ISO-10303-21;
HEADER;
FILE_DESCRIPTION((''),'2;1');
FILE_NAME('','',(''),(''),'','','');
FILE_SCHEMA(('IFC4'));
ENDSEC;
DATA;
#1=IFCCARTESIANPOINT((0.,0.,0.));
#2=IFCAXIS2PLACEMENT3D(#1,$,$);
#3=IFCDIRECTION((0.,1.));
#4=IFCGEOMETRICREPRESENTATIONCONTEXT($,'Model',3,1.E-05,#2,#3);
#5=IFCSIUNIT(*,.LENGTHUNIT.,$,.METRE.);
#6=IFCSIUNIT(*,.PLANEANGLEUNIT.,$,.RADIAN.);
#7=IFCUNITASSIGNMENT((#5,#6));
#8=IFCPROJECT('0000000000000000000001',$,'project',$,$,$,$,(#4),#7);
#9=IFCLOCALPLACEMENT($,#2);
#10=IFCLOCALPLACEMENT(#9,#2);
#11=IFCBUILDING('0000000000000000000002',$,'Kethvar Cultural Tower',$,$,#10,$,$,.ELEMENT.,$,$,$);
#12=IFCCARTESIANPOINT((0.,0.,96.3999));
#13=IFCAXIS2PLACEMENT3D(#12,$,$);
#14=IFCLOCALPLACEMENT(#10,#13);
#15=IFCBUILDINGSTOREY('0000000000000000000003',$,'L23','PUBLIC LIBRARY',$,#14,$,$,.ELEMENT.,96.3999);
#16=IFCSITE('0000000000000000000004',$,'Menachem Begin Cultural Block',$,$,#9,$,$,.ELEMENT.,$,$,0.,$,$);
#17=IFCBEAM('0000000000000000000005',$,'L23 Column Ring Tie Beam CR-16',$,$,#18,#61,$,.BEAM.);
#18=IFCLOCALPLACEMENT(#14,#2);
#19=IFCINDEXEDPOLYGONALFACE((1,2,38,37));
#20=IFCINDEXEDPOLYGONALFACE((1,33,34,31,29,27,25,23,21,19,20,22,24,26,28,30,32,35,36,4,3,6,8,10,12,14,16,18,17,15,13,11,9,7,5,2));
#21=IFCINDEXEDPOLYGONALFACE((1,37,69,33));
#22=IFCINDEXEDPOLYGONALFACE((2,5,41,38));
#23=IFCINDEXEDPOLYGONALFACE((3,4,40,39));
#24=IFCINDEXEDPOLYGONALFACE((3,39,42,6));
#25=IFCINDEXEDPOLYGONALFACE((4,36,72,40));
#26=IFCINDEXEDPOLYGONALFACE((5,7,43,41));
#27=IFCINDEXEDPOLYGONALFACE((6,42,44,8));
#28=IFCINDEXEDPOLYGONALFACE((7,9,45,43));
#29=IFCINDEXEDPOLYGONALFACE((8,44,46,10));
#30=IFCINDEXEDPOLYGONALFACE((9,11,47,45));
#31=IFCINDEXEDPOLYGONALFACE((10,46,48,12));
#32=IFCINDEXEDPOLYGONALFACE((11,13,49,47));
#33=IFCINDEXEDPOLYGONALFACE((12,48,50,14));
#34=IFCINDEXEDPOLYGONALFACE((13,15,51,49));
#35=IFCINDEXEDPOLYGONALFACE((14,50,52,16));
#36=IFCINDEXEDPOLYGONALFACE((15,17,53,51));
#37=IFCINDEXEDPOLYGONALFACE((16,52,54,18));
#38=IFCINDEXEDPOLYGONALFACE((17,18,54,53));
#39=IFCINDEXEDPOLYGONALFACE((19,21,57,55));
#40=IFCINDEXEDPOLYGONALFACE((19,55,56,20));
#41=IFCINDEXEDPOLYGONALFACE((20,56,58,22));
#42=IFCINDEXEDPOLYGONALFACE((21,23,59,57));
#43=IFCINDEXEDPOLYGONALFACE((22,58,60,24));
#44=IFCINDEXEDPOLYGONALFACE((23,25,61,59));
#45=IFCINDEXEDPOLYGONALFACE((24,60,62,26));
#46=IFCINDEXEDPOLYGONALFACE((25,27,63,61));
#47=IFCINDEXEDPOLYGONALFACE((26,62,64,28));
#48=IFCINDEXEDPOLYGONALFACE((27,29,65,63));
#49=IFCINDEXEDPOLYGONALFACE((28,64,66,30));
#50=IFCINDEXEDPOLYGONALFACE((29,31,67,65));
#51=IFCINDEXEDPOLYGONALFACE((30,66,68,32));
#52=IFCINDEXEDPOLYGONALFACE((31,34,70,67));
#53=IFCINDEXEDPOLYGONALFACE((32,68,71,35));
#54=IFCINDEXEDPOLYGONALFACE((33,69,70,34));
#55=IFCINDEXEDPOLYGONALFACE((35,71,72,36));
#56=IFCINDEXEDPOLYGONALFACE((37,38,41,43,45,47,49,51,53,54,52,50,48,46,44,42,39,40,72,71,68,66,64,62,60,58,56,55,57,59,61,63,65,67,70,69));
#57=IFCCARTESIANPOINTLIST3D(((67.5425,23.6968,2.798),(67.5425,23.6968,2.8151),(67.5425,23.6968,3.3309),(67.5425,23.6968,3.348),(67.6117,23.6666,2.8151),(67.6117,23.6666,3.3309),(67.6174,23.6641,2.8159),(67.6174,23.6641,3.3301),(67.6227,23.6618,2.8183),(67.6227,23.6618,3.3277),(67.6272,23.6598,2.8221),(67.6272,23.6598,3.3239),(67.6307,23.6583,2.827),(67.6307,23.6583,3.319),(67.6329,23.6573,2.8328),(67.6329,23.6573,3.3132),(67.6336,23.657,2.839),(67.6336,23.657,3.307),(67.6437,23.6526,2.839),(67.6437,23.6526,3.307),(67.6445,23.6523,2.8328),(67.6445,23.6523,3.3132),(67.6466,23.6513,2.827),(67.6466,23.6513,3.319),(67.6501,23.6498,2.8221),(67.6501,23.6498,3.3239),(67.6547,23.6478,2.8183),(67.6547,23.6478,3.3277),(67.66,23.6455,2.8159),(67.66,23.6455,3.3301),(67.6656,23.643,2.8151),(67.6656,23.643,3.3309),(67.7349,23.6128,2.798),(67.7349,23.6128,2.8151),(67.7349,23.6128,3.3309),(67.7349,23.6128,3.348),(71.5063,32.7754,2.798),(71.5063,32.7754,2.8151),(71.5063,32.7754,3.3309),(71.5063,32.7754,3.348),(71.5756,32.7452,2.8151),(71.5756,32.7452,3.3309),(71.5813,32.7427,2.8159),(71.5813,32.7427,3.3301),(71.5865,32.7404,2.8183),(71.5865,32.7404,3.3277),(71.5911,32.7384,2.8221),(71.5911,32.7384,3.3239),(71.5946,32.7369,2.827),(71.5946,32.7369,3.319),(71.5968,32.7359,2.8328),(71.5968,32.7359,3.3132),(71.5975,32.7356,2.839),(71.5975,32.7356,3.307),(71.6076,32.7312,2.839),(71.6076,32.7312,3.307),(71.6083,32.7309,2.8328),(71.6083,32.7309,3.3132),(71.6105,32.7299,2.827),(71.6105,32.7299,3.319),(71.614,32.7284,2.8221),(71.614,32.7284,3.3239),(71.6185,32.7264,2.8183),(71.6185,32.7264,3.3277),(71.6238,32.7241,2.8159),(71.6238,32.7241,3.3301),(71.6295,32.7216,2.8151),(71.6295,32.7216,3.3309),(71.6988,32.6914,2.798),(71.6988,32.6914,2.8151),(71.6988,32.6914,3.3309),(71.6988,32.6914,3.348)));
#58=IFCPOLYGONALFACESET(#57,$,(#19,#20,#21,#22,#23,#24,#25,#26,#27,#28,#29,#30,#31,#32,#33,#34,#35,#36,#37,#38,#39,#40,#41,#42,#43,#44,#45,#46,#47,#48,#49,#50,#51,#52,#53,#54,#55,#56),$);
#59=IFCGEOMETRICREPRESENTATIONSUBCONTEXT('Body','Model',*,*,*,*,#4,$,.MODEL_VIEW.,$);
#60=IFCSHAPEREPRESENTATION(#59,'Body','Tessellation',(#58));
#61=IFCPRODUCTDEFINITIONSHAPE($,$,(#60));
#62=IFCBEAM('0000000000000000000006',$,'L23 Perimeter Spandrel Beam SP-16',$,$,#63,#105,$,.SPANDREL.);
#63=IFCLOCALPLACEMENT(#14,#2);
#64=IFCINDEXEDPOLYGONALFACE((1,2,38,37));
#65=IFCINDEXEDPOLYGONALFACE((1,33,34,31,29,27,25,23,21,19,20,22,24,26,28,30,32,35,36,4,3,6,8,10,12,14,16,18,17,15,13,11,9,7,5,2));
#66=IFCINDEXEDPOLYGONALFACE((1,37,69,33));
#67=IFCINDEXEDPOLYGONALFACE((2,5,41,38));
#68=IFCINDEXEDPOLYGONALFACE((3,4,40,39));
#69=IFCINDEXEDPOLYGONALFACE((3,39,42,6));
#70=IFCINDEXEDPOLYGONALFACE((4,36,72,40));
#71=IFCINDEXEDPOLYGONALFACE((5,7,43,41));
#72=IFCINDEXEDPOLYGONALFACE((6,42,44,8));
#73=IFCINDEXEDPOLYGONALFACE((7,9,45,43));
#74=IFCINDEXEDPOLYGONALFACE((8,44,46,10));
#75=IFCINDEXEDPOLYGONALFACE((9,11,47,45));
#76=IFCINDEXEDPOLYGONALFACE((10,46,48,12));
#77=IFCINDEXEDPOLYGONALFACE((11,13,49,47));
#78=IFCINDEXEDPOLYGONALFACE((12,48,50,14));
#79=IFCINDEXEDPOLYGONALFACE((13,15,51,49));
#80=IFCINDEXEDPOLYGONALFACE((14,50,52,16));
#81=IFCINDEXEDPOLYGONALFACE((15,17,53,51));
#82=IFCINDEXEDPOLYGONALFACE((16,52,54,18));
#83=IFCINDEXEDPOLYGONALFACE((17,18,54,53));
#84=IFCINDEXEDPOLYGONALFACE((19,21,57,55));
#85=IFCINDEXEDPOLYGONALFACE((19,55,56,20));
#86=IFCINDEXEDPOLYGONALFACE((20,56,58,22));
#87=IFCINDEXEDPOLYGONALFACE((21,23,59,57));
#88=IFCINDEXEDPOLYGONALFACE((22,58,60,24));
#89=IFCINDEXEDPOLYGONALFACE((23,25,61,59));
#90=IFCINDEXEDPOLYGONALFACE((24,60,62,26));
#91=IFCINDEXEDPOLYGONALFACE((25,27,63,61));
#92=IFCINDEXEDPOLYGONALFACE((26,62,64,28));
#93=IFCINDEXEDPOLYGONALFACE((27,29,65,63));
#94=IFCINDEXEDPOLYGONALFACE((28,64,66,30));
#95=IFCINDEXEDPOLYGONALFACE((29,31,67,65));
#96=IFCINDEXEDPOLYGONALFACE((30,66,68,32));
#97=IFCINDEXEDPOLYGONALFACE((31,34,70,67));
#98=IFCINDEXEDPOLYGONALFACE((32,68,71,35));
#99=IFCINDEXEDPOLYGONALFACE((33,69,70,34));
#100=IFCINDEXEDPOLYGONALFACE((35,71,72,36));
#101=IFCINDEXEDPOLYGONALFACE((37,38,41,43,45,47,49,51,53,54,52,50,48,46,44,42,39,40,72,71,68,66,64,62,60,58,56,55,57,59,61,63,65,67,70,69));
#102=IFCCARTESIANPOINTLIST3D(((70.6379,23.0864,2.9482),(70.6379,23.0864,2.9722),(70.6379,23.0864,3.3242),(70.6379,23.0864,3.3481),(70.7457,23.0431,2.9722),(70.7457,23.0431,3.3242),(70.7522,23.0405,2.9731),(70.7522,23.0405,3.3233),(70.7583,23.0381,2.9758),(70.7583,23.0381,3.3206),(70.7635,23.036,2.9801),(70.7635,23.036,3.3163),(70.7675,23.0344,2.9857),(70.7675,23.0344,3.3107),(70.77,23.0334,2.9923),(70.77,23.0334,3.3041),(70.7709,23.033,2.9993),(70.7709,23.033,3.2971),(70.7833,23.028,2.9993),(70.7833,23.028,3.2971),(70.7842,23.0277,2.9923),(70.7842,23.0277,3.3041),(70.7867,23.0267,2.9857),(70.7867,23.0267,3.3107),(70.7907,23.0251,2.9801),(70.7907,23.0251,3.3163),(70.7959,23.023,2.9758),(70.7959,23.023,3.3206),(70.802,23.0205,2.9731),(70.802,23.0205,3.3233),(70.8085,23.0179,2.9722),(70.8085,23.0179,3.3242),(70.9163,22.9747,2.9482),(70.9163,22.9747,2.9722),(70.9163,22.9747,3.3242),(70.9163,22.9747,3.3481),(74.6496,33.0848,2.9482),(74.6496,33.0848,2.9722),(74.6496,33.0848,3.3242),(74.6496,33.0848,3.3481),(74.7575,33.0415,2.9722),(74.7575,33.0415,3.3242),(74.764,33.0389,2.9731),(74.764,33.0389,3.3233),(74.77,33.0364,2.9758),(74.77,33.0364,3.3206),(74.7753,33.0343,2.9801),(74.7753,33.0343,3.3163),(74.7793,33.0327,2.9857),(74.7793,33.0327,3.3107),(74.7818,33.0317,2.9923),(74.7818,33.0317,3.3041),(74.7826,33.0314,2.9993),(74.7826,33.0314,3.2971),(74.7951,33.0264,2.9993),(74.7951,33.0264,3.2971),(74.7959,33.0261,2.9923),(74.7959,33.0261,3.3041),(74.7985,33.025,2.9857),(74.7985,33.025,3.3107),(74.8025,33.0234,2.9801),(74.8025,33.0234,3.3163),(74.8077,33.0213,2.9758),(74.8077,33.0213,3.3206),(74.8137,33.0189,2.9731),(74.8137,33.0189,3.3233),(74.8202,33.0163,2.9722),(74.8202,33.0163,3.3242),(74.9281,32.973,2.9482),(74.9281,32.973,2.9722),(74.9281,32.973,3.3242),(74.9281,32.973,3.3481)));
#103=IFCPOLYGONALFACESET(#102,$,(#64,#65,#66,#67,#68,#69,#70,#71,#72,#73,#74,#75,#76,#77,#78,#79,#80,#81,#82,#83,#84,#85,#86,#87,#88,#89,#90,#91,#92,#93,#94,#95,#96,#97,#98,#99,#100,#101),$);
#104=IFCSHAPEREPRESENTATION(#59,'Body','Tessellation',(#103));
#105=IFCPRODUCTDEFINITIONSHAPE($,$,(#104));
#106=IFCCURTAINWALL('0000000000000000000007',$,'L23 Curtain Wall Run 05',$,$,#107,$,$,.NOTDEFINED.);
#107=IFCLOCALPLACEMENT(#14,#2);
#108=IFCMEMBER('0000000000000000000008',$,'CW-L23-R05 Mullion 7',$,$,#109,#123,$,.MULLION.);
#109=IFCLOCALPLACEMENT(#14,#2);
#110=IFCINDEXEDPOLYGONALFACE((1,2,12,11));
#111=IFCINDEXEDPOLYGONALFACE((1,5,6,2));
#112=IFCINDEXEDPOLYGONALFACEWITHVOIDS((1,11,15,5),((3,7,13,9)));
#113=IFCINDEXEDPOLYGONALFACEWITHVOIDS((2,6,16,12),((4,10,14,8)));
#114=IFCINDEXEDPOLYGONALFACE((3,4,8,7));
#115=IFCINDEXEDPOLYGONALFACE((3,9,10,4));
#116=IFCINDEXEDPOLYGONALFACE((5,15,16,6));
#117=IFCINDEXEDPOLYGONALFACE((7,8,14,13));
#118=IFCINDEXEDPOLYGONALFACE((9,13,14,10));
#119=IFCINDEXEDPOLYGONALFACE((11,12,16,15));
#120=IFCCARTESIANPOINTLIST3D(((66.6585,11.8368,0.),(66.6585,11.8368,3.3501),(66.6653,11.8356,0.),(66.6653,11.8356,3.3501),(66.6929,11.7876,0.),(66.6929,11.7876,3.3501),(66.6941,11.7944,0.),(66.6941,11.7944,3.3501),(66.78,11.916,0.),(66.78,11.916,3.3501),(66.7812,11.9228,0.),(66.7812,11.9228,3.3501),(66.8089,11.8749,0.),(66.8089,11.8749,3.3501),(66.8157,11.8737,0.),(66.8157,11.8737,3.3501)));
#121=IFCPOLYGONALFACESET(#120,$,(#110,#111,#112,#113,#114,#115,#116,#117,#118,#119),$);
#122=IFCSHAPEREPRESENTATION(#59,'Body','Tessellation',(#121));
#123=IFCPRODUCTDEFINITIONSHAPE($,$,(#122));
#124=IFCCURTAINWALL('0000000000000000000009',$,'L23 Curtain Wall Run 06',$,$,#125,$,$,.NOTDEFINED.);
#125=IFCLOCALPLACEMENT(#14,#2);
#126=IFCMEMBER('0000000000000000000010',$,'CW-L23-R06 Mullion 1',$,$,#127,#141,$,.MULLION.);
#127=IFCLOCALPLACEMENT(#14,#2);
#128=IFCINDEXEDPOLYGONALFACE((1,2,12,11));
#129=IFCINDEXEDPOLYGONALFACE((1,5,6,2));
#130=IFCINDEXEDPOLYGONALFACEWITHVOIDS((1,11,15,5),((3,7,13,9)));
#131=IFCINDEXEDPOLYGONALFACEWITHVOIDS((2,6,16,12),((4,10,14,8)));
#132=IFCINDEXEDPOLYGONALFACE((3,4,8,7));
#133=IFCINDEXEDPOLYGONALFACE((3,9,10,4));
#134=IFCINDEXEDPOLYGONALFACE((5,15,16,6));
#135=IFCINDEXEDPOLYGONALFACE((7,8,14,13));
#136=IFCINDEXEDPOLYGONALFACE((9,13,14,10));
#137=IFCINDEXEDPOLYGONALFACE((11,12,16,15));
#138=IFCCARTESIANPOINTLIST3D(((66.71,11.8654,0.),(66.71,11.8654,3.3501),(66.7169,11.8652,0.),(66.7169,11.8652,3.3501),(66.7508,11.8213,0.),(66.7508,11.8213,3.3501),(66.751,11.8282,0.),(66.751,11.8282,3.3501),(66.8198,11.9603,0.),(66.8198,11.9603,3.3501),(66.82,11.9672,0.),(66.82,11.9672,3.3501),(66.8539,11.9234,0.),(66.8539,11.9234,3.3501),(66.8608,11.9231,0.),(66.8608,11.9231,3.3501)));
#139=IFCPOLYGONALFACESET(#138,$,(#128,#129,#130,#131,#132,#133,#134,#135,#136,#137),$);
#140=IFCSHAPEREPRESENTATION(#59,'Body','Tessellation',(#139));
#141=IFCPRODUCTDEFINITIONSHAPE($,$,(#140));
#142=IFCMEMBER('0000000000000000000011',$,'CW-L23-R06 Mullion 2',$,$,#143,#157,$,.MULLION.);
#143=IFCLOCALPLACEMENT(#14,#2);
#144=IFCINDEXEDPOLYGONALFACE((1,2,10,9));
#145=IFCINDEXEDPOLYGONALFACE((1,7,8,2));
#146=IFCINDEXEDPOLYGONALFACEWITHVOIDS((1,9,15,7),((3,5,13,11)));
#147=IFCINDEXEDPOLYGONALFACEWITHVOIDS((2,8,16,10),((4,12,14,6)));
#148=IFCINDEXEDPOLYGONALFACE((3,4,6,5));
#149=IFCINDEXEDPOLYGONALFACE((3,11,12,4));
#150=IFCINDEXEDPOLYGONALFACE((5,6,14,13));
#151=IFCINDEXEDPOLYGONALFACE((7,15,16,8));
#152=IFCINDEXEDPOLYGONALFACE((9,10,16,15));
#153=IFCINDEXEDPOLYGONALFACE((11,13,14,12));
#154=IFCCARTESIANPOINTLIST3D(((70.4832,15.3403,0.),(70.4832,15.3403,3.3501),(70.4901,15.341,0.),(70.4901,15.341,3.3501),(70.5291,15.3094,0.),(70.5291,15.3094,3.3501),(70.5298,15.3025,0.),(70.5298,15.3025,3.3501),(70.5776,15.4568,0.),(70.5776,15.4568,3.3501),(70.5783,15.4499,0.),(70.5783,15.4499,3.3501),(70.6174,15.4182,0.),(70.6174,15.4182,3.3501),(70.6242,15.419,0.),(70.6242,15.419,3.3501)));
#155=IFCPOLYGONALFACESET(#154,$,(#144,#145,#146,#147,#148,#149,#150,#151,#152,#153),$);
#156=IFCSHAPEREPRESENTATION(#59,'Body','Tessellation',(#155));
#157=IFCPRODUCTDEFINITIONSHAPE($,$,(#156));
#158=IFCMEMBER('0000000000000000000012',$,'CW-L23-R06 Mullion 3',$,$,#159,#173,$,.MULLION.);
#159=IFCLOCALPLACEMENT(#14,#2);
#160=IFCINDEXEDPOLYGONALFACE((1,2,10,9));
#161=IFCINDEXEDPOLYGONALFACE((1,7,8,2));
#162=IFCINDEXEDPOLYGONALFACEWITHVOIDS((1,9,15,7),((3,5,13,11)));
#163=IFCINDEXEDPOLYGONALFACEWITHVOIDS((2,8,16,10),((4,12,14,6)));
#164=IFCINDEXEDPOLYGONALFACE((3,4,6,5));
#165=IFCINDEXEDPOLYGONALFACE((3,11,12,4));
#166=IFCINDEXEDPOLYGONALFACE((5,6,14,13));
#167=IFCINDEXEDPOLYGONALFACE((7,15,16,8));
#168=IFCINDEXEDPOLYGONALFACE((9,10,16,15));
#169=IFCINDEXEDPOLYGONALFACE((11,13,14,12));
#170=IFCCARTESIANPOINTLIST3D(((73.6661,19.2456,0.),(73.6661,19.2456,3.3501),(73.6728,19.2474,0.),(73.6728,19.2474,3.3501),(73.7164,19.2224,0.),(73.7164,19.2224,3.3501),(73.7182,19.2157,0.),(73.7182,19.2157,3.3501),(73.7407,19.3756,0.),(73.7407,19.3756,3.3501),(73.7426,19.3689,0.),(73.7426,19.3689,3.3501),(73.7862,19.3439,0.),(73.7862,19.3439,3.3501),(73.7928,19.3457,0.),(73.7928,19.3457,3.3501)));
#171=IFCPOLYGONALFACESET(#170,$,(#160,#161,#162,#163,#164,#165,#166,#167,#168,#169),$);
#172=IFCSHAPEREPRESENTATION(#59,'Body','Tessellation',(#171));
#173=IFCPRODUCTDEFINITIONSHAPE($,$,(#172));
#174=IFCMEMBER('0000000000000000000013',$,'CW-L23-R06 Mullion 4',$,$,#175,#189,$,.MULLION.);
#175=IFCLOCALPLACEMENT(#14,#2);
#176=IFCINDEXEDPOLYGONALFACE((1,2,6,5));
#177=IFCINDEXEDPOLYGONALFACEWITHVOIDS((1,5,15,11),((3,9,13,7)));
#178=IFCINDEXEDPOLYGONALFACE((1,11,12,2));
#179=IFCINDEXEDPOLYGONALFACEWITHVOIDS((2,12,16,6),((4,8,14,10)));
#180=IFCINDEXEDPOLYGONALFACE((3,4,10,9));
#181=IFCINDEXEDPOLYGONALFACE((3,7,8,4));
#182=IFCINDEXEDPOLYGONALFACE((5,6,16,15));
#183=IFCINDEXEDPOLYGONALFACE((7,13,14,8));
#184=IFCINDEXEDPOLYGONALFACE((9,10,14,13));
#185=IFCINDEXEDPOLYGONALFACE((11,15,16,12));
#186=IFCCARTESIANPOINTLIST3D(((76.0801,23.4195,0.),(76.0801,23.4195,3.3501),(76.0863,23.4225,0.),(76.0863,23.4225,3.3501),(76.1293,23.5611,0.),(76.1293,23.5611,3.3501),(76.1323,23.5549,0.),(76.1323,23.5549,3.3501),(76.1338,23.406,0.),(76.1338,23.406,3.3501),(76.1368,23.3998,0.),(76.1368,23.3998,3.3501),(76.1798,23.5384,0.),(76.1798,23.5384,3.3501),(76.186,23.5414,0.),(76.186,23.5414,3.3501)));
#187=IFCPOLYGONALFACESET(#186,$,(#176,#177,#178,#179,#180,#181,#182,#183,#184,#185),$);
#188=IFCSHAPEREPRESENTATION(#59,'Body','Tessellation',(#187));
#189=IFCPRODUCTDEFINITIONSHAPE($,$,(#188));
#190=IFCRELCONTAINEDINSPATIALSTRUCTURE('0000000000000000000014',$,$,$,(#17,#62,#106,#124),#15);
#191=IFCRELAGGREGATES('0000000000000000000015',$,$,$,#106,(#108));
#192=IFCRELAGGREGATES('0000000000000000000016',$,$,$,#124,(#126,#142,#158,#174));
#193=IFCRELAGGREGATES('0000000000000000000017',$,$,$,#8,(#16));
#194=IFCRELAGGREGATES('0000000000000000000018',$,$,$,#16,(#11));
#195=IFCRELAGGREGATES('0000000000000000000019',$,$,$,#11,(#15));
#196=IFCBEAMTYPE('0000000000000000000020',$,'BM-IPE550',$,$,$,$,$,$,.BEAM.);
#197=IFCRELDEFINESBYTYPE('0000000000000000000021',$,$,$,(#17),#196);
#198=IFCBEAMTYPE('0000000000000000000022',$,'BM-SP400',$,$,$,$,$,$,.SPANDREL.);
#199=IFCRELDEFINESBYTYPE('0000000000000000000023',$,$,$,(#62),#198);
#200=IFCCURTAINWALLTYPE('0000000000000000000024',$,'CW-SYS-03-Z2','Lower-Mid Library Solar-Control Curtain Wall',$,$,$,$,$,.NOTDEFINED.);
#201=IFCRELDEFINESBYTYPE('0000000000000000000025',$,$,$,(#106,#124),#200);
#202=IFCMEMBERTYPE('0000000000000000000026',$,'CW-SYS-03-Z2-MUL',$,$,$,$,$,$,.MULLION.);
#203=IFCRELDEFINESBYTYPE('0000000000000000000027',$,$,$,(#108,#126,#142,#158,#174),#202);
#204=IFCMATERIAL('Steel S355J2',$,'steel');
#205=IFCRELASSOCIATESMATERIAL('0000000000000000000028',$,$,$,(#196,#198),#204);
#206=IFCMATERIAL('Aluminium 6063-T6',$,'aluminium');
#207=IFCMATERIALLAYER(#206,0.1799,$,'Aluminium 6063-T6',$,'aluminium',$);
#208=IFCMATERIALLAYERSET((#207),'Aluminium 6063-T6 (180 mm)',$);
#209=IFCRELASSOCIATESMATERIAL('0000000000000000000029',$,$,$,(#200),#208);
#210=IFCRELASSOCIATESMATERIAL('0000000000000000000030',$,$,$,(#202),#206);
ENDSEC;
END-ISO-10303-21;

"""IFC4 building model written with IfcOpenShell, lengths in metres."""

from ifc_helpers import new_model, si_unit, direction, frame, origin, origin_2d, place, context, subcontext, project, spatial, hollow_rectangle, i_section, extrude, source, transform, mapped, material, layer, layer_set, material_profile, profile_set, type_object, element, aggregate, save


model = new_model("IFC4")

# Units and contexts
model_context = context("Model", 3, precision=1e-05, world=origin(), true_north=direction((0.0, 1.0)))
body_context = subcontext(model_context, "Body", "Model", "MODEL_VIEW")
ifc_project = project(units=[si_unit("LENGTHUNIT", "METRE"), si_unit("PLANEANGLEUNIT", "RADIAN")], contexts=[model_context])

# Site, building, storey
site_placement = place(None, origin())
site = spatial("IfcSite", under=ifc_project, at=site_placement, Name="Menachem Begin Cultural Block", CompositionType="ELEMENT", RefElevation=0.0)
building_placement = place(site_placement, origin())
building = spatial("IfcBuilding", under=site, at=building_placement, Name="Kethvar Cultural Tower", CompositionType="ELEMENT")
storey_placement = place(building_placement, frame((0.0, 0.0, 96.3999)))
storey = spatial("IfcBuildingStorey", under=building, at=storey_placement, Name="L23", Description="PUBLIC LIBRARY", CompositionType="ELEMENT", Elevation=96.3999)

# Beams
ifc_material_1 = material(Name="Steel S355J2", Category="steel")
ifc_material_profile_1 = material_profile(ifc_material_1, i_section(OverallWidth=0.21, OverallDepth=0.55, WebThickness=0.011, FlangeThickness=0.0171, FilletRadius=0.0239, at=origin_2d()), Name="Steel S355J2 — IPE550")
ifc_profile_set_1 = profile_set([ifc_material_profile_1], Name="Steel S355J2 — IPE550")
beam_type_1 = type_object("IfcBeamType", Name="BM-IPE550", PredefinedType="BEAM", material=ifc_profile_set_1)
ifc_material_profile_2 = material_profile(ifc_material_1, i_section(OverallWidth=0.3, OverallDepth=0.3999, WebThickness=0.0134, FlangeThickness=0.0239, FilletRadius=0.0271, at=origin_2d()), Name="Steel S355J2 — HEB400")
ifc_profile_set_2 = profile_set([ifc_material_profile_2], Name="Steel S355J2 — HEB400")
beam_type_2 = type_object("IfcBeamType", Name="BM-SP400", PredefinedType="SPANDREL", material=ifc_profile_set_2)
shared_shape_1 = source(origin(), body_context, "Body", "SweptSolid", [
    extrude(i_section(OverallWidth=0.21, OverallDepth=0.55, WebThickness=0.011, FlangeThickness=0.0171, FilletRadius=0.0239, at=origin_2d()), origin(), (0.0, 0.0, 1.0), 9.9062),
])
beam_1_placement = place(storey_placement, frame((67.6387, 23.6548, 3.073), z_axis=(0.400139, 0.916455, 0.0), x_axis=(-0.916455, 0.400139, 0.0)))
element("IfcBeam", 1, at=beam_1_placement, inside=storey, type_object=beam_type_1, Name="L23 Column Ring Tie Beam CR-16", PredefinedType="BEAM", context=body_context, shape_type="MappedRepresentation", body=[
    mapped(shared_shape_1, transform((0.0, 0.0, 0.0), scale=1.0)),
])
shared_shape_2 = source(origin(), body_context, "Body", "SweptSolid", [
    extrude(i_section(OverallWidth=0.3, OverallDepth=0.3999, WebThickness=0.0134, FlangeThickness=0.0239, FilletRadius=0.0271, at=origin_2d()), origin(), (0.0, 0.0, 1.0), 10.7732),
])
beam_2_placement = place(storey_placement, frame((70.7771, 23.0305, 3.1482), z_axis=(0.372383, 0.928079, 0.0), x_axis=(-0.928079, 0.372383, 0.0)))
element("IfcBeam", 2, at=beam_2_placement, inside=storey, type_object=beam_type_2, Name="L23 Perimeter Spandrel Beam SP-16", PredefinedType="SPANDREL", context=body_context, shape_type="MappedRepresentation", body=[
    mapped(shared_shape_2, transform((0.0, 0.0, 0.0), scale=1.0)),
])

# Curtain wall, member
ifc_material_2 = material(Name="Aluminium 6063-T6", Category="aluminium")
ifc_layer_1 = layer(ifc_material_2, 0.1799, Name="Aluminium 6063-T6", Category="aluminium")
ifc_layer_set_1 = layer_set([ifc_layer_1], Name="Aluminium 6063-T6 (180 mm)")
curtain_wall_type = type_object("IfcCurtainWallType", Name="CW-SYS-03-Z2", Description="Lower-Mid Library Solar-Control Curtain Wall", PredefinedType="NOTDEFINED", material=ifc_layer_set_1)
curtain_wall_1_placement = place(storey_placement, origin())
curtain_wall_1 = element("IfcCurtainWall", 3, at=curtain_wall_1_placement, inside=storey, type_object=curtain_wall_type, Name="L23 Curtain Wall Run 05", PredefinedType="NOTDEFINED")
ifc_material_profile_3 = material_profile(ifc_material_2, hollow_rectangle(XDim=0.0601, YDim=0.1499, WallThickness=0.0049, at=origin_2d()), Name="Aluminium 6063-T6 — RHS150x60x5")
ifc_profile_set_3 = profile_set([ifc_material_profile_3], Name="Aluminium 6063-T6 — RHS150x60x5")
member_type_1 = type_object("IfcMemberType", Name="CW-SYS-03-Z2-MUL", PredefinedType="MULLION", material=ifc_profile_set_3)
shared_shape_3 = source(origin(), body_context, "Body", "SweptSolid", [
    extrude(hollow_rectangle(XDim=0.0601, YDim=0.1499, WallThickness=0.0049, at=origin_2d()), origin(), (0.0, 0.0, 1.0), 3.3501),
])
member_1_placement = place(storey_placement, frame((66.7371, 11.8552, 0.0), z_axis=(0.0, 0.0, 1.0), x_axis=(-0.574034, 0.818832, 0.0)))
member_1 = element("IfcMember", 4, at=member_1_placement, type_object=member_type_1, Name="CW-L23-R05 Mullion 7", PredefinedType="MULLION", context=body_context, shape_type="MappedRepresentation", body=[
    mapped(shared_shape_3, transform((0.0, 0.0, 0.0), scale=1.0)),
])
aggregate(curtain_wall_1, [member_1])

# Curtain wall, members
curtain_wall_2_placement = place(storey_placement, origin())
curtain_wall_2 = element("IfcCurtainWall", 5, at=curtain_wall_2_placement, inside=storey, type_object=curtain_wall_type, Name="L23 Curtain Wall Run 06", PredefinedType="NOTDEFINED")
member_2_placement = place(storey_placement, frame((66.7854, 11.8943, 0.0), z_axis=(0.0, 0.0, 1.0), x_axis=(-0.67916, 0.733991, 0.0)))
member_2 = element("IfcMember", 6, at=member_2_placement, type_object=member_type_1, Name="CW-L23-R06 Mullion 1", PredefinedType="MULLION", context=body_context, shape_type="MappedRepresentation", body=[
    mapped(shared_shape_3, transform((0.0, 0.0, 0.0), scale=1.0)),
])
member_3_placement = place(storey_placement, frame((70.5537, 15.3796, 0.0), z_axis=(0.0, 0.0, 1.0), x_axis=(-0.776882, 0.629646, 0.0)))
member_3 = element("IfcMember", 7, at=member_3_placement, type_object=member_type_1, Name="CW-L23-R06 Mullion 2", PredefinedType="MULLION", context=body_context, shape_type="MappedRepresentation", body=[
    mapped(shared_shape_3, transform((0.0, 0.0, 0.0), scale=1.0)),
])
member_4_placement = place(storey_placement, frame((73.7295, 19.2957, 0.0), z_axis=(0.0, 0.0, 1.0), x_axis=(-0.867366, 0.49767, 0.0)))
member_4 = element("IfcMember", 8, at=member_4_placement, type_object=member_type_1, Name="CW-L23-R06 Mullion 3", PredefinedType="MULLION", context=body_context, shape_type="MappedRepresentation", body=[
    mapped(shared_shape_3, transform((0.0, 0.0, 0.0), scale=1.0)),
])
member_5_placement = place(storey_placement, frame((76.1331, 23.4805, 0.0), z_axis=(0.0, 0.0, 1.0), x_axis=(-0.944703, 0.327927, 0.0)))
member_5 = element("IfcMember", 9, at=member_5_placement, type_object=member_type_1, Name="CW-L23-R06 Mullion 4", PredefinedType="MULLION", context=body_context, shape_type="MappedRepresentation", body=[
    mapped(shared_shape_3, transform((0.0, 0.0, 0.0), scale=1.0)),
])
aggregate(curtain_wall_2, [member_2, member_3, member_4, member_5])

save(model, "model.ifc")
